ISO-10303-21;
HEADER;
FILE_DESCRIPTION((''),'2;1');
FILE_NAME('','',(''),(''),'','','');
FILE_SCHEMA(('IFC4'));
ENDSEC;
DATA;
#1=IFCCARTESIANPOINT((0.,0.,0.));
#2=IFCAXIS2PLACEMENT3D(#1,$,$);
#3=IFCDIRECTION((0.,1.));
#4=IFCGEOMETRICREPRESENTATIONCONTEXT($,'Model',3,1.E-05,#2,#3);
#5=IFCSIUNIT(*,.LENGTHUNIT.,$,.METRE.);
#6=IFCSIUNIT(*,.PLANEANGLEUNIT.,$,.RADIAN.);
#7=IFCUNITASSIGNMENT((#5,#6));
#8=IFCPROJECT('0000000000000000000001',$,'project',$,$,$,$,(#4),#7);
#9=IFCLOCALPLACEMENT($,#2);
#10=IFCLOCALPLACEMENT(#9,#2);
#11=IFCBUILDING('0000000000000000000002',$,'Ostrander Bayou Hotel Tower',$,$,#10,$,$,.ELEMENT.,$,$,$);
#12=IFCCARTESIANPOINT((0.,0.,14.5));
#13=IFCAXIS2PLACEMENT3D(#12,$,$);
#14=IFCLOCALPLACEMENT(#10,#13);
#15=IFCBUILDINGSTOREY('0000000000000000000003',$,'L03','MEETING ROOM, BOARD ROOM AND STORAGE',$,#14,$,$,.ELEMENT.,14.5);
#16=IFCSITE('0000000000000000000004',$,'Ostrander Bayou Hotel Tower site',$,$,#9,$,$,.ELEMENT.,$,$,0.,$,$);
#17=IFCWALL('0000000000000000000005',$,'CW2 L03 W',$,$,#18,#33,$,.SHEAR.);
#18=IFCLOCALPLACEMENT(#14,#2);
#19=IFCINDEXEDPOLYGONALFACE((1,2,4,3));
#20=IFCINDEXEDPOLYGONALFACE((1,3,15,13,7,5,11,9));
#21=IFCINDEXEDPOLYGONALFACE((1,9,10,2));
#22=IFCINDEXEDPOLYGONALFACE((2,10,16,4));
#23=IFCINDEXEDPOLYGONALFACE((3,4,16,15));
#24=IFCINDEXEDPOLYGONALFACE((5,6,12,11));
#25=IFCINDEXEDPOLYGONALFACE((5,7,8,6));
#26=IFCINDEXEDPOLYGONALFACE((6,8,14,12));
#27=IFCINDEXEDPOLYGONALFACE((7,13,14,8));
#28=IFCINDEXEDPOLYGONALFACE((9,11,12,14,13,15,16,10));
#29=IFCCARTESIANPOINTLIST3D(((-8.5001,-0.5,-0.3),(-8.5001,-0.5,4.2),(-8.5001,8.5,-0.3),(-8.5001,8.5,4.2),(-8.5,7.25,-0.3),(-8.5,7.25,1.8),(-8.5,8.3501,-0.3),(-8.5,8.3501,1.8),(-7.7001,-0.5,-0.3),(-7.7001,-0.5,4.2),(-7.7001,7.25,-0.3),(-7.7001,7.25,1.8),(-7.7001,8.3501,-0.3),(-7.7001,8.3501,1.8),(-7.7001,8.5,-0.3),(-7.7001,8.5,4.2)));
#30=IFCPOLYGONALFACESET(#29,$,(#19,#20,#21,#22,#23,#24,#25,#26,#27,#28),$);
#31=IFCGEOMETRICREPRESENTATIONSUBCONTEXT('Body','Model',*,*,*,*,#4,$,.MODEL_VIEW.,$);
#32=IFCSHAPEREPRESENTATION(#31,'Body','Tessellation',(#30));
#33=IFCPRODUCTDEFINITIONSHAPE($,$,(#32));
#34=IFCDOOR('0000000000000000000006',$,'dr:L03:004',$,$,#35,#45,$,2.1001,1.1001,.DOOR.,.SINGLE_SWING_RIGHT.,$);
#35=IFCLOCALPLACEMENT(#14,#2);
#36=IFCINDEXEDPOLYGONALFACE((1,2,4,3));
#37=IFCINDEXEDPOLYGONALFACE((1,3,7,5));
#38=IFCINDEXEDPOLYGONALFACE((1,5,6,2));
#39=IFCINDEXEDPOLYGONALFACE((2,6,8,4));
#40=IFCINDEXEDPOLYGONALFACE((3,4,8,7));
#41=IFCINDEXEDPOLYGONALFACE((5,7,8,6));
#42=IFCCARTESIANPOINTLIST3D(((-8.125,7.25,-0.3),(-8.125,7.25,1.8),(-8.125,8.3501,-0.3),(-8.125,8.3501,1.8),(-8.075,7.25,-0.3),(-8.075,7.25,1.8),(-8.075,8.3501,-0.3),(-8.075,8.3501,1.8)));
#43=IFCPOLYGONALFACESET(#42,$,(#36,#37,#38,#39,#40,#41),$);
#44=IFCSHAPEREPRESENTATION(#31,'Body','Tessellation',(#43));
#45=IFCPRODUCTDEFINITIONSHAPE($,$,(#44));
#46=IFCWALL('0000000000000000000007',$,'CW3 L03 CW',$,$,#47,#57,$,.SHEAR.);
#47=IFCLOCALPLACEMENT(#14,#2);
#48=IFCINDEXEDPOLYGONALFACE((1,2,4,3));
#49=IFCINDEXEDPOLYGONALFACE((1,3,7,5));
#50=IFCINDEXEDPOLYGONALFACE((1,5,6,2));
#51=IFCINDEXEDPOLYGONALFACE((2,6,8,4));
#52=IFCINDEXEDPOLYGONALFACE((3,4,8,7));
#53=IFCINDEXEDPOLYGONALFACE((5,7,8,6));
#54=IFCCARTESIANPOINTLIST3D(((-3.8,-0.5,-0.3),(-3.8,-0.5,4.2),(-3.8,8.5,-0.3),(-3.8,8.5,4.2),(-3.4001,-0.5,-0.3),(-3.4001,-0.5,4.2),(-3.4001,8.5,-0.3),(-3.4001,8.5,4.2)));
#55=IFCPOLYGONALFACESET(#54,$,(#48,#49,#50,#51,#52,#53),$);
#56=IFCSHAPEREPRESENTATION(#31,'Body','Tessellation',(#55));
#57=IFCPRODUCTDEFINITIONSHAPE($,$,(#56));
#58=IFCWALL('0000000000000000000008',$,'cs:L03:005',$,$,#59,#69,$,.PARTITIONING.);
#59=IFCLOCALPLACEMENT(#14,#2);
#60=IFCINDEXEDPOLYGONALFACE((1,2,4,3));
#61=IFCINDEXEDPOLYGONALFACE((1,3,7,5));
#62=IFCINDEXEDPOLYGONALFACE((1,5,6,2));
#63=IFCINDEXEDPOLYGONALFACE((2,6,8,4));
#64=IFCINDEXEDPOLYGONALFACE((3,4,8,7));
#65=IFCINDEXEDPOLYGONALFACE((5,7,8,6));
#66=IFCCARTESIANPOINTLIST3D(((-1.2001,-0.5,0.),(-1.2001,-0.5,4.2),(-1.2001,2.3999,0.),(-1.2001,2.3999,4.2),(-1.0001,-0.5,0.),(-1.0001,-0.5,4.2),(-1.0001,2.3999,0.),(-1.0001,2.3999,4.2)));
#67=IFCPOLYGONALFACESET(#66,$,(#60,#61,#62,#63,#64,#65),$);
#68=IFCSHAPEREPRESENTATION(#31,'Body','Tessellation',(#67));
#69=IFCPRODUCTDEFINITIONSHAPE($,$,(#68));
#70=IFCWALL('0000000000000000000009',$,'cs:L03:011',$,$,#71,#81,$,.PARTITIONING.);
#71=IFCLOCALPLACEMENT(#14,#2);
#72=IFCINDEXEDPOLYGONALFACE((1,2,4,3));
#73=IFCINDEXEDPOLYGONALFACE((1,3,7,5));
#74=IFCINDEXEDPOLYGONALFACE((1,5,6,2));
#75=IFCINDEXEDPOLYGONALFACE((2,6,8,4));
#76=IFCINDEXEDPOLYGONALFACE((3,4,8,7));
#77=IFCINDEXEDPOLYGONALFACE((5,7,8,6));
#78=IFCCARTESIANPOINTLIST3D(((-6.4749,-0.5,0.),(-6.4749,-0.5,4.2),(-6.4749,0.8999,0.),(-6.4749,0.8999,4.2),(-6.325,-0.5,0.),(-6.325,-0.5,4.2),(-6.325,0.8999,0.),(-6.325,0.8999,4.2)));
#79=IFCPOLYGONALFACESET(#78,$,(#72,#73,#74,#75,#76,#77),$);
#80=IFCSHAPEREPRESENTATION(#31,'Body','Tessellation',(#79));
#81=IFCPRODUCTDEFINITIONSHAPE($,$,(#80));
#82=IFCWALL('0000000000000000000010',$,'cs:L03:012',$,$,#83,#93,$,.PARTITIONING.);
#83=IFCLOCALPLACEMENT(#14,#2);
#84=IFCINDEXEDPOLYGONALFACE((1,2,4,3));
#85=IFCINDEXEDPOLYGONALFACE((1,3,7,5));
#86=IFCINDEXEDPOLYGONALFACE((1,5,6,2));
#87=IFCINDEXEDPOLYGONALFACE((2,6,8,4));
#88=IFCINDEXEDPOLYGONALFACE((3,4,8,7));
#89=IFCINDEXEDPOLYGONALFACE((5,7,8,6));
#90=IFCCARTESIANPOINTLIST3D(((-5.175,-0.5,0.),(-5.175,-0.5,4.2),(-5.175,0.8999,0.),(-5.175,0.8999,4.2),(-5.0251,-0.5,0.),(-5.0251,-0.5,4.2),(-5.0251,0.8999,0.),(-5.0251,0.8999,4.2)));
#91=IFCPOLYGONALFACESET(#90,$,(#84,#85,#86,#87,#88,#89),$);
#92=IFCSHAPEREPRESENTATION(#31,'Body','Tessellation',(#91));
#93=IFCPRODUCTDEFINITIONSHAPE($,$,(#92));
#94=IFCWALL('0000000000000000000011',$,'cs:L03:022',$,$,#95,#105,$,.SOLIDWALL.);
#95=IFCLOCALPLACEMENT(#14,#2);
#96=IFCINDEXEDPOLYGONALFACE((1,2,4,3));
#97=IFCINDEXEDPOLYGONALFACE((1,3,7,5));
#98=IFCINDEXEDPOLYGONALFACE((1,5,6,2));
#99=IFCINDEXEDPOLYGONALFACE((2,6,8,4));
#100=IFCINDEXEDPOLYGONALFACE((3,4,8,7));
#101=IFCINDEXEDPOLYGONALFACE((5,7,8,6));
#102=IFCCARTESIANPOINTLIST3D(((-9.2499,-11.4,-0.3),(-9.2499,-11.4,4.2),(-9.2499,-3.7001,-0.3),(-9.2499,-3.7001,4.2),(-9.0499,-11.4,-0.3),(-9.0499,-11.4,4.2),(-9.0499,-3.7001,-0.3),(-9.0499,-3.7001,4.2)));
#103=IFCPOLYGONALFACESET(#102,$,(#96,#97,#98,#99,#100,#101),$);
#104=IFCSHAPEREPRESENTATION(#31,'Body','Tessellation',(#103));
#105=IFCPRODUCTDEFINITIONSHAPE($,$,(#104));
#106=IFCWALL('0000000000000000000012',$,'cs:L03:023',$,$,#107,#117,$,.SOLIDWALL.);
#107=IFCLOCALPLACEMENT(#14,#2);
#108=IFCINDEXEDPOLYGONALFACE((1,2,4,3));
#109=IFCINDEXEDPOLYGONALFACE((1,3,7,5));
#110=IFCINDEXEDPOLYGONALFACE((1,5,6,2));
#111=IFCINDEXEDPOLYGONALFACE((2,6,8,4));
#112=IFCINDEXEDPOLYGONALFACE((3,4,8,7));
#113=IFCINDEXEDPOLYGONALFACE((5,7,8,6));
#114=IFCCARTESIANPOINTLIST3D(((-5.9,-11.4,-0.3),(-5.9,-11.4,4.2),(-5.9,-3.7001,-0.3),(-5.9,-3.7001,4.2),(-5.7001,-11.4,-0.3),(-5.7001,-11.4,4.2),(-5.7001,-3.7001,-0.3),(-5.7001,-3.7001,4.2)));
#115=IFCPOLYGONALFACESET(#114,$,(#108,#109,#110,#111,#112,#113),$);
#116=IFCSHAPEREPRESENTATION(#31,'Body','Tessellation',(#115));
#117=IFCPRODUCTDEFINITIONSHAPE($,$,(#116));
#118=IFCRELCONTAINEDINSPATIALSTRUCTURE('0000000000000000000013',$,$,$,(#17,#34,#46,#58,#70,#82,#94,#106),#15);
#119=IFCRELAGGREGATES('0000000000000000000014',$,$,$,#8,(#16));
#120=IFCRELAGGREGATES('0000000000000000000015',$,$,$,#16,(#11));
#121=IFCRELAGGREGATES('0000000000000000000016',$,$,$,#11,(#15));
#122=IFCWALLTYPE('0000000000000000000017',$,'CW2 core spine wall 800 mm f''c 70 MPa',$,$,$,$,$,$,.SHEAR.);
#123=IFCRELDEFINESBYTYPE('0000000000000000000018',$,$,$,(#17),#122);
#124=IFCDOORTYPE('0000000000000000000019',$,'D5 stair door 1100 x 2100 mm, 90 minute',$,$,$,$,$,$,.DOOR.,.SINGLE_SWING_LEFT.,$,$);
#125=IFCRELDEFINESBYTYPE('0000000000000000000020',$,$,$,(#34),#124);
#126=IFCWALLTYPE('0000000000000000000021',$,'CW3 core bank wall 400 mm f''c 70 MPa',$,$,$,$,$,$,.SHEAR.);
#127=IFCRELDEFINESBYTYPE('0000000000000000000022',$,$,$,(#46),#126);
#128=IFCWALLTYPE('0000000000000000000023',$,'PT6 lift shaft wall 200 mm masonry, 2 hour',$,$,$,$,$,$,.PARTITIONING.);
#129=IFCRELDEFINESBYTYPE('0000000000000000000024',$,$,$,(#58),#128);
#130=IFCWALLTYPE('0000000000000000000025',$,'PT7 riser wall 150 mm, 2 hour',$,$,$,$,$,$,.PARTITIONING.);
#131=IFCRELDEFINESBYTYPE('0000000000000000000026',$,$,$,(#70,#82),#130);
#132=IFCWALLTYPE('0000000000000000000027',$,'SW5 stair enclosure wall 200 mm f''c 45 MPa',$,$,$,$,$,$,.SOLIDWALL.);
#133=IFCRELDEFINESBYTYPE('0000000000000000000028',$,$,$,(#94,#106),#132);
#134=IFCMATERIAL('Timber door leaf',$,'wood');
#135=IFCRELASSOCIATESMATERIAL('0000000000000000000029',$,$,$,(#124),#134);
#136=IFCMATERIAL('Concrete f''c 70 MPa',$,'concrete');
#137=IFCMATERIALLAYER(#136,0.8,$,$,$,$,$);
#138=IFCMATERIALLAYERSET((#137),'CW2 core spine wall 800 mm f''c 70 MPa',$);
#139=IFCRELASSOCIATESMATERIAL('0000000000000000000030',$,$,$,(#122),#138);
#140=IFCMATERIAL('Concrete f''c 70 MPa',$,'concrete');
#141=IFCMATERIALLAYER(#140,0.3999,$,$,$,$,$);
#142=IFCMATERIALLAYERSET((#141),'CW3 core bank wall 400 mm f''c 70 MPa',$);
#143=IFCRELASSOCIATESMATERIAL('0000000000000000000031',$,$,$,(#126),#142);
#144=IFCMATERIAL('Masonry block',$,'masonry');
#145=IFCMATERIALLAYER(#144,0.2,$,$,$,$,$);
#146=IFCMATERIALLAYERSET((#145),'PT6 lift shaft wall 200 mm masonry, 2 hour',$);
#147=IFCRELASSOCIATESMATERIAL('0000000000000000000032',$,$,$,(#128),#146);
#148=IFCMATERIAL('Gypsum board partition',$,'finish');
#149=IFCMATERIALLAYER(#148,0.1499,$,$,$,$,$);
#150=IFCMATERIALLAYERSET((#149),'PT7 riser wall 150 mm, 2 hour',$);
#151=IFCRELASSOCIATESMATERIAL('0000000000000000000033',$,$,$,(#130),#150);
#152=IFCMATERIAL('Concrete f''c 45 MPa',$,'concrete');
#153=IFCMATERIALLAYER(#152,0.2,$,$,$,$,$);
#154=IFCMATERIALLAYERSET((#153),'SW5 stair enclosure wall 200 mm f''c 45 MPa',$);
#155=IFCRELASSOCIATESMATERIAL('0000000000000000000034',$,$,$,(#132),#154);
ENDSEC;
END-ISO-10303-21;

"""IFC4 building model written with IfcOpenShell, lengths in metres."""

from ifc_helpers import new_model, si_unit, direction, frame, frame_2d, origin, place, context, subcontext, project, spatial, rectangle, extrude, material, layer, layer_set, type_object, element, fill, save


model = new_model("IFC4")

# Units and contexts
model_context = context("Model", 3, precision=1e-05, world=origin(), true_north=direction((0.0, 1.0)))
body_context = subcontext(model_context, "Body", "Model", "MODEL_VIEW")
ifc_project = project(units=[si_unit("LENGTHUNIT", "METRE"), si_unit("PLANEANGLEUNIT", "RADIAN")], contexts=[model_context])

# Site, building, storey
site_placement = place(None, origin())
site = spatial("IfcSite", under=ifc_project, at=site_placement, Name="Ostrander Bayou Hotel Tower site", CompositionType="ELEMENT", RefElevation=0.0)
building_placement = place(site_placement, origin())
building = spatial("IfcBuilding", under=site, at=building_placement, Name="Ostrander Bayou Hotel Tower", CompositionType="ELEMENT")
storey_placement = place(building_placement, frame((0.0, 0.0, 14.5)))
storey = spatial("IfcBuildingStorey", under=building, at=storey_placement, Name="L03", Description="MEETING ROOM, BOARD ROOM AND STORAGE", CompositionType="ELEMENT", Elevation=14.5)

# Shared definitions
ifc_material_1 = material(Name="Timber door leaf", Category="wood")
door_type_1 = type_object("IfcDoorType", Name="D5 stair door 1100 x 2100 mm, 90 minute", OperationType="SINGLE_SWING_LEFT", PredefinedType="DOOR", material=ifc_material_1)

# Wall, opening, door
ifc_material_2 = material(Name="Concrete f'c 70 MPa", Category="concrete")
ifc_layer_1 = layer(ifc_material_2, 0.8)
ifc_layer_set_1 = layer_set([ifc_layer_1], Name="CW2 core spine wall 800 mm f'c 70 MPa")
wall_type_1 = type_object("IfcWallType", Name="CW2 core spine wall 800 mm f'c 70 MPa", PredefinedType="SHEAR", material=ifc_layer_set_1)
wall_1_placement = place(storey_placement, frame((-8.1001, -0.5, -0.3), z_axis=(0.0, 0.0, 1.0), x_axis=(0.0, 1.0, 0.0)))
wall_1 = element("IfcWall", 1, at=wall_1_placement, inside=storey, type_object=wall_type_1, Name="CW2 L03 W", PredefinedType="SHEAR", context=body_context, shape_type="SweptSolid", body=[
    extrude(rectangle(XDim=9.0, YDim=0.8, at=frame_2d((4.5, 0.0))), origin(), (0.0, 0.0, 1.0), 4.5),
])
opening_1_placement = place(wall_1_placement, frame((7.75, 0.0, 0.0)))
opening_1 = element("IfcOpeningElement", 2, at=opening_1_placement, cuts=wall_1, PredefinedType="OPENING", context=body_context, shape_type="SweptSolid", body=[
    extrude(rectangle(XDim=1.1001, YDim=2.1001, at=frame_2d((0.55, 1.05))), frame((0.0, 0.3999, 0.0), z_axis=(0.0, -1.0, 0.0), x_axis=(1.0, 0.0, 0.0)), (0.0, 0.0, 1.0), 0.8),
])
door_1_placement = place(opening_1_placement, origin())
door_1 = element("IfcDoor", 3, at=door_1_placement, inside=storey, type_object=door_type_1, Name="dr:L03:004", OperationType="SINGLE_SWING_RIGHT", OverallHeight=2.1001, OverallWidth=1.1001, PredefinedType="DOOR", context=body_context, shape_type="SweptSolid", body=[
    extrude(rectangle(XDim=1.1001, YDim=2.1001, at=frame_2d((0.55, 1.05))), frame((0.0, 0.0249, 0.0), z_axis=(0.0, -1.0, 0.0), x_axis=(1.0, 0.0, 0.0)), (0.0, 0.0, 1.0), 0.05),
])
fill(opening_1, door_1)

# Wall
ifc_material_3 = material(Name="Concrete f'c 70 MPa", Category="concrete")
ifc_layer_2 = layer(ifc_material_3, 0.3999)
ifc_layer_set_2 = layer_set([ifc_layer_2], Name="CW3 core bank wall 400 mm f'c 70 MPa")
wall_type_2 = type_object("IfcWallType", Name="CW3 core bank wall 400 mm f'c 70 MPa", PredefinedType="SHEAR", material=ifc_layer_set_2)
wall_2_placement = place(storey_placement, frame((-3.6001, -0.5, -0.3), z_axis=(0.0, 0.0, 1.0), x_axis=(0.0, 1.0, 0.0)))
element("IfcWall", 4, at=wall_2_placement, inside=storey, type_object=wall_type_2, Name="CW3 L03 CW", PredefinedType="SHEAR", context=body_context, shape_type="SweptSolid", body=[
    extrude(rectangle(XDim=9.0, YDim=0.3999, at=frame_2d((4.5, 0.0))), origin(), (0.0, 0.0, 1.0), 4.5),
])

# Walls
ifc_material_4 = material(Name="Masonry block", Category="masonry")
ifc_layer_3 = layer(ifc_material_4, 0.2)
ifc_layer_set_3 = layer_set([ifc_layer_3], Name="PT6 lift shaft wall 200 mm masonry, 2 hour")
wall_type_3 = type_object("IfcWallType", Name="PT6 lift shaft wall 200 mm masonry, 2 hour", PredefinedType="PARTITIONING", material=ifc_layer_set_3)
wall_3_placement = place(storey_placement, frame((-1.1001, -0.5, 0.0), z_axis=(0.0, 0.0, 1.0), x_axis=(0.0, 1.0, 0.0)))
element("IfcWall", 5, at=wall_3_placement, inside=storey, type_object=wall_type_3, Name="cs:L03:005", PredefinedType="PARTITIONING", context=body_context, shape_type="SweptSolid", body=[
    extrude(rectangle(XDim=2.8999, YDim=0.2, at=frame_2d((1.45, 0.0))), origin(), (0.0, 0.0, 1.0), 4.2),
])
ifc_material_5 = material(Name="Gypsum board partition", Category="finish")
ifc_layer_4 = layer(ifc_material_5, 0.1499)
ifc_layer_set_4 = layer_set([ifc_layer_4], Name="PT7 riser wall 150 mm, 2 hour")
wall_type_4 = type_object("IfcWallType", Name="PT7 riser wall 150 mm, 2 hour", PredefinedType="PARTITIONING", material=ifc_layer_set_4)
for number, where, z_axis, x_axis, name in (
    (6, (-6.3999, -0.5, 0.0), (0.0, 0.0, 1.0), (0.0, 1.0, 0.0), "cs:L03:011"),
    (7, (-5.1001, -0.5, 0.0), (0.0, 0.0, 1.0), (0.0, 1.0, 0.0), "cs:L03:012"),
):
    element("IfcWall", number, at=place(storey_placement, frame(where, z_axis=z_axis, x_axis=x_axis)), inside=storey, type_object=wall_type_4, Name=name, PredefinedType="PARTITIONING", context=body_context, shape_type="SweptSolid", body=[
        extrude(rectangle(XDim=1.3999, YDim=0.1499, at=frame_2d((0.7, 0.0))), origin(), (0.0, 0.0, 1.0), 4.2),
    ])

# Shared definitions
ifc_material_6 = material(Name="Concrete f'c 45 MPa", Category="concrete")
ifc_layer_5 = layer(ifc_material_6, 0.2)
ifc_layer_set_5 = layer_set([ifc_layer_5], Name="SW5 stair enclosure wall 200 mm f'c 45 MPa")
wall_type_5 = type_object("IfcWallType", Name="SW5 stair enclosure wall 200 mm f'c 45 MPa", PredefinedType="SOLIDWALL", material=ifc_layer_set_5)

# Walls
for number, where, z_axis, x_axis, name in (
    (8, (-9.1499, -3.7, -0.3), (0.0, 0.0, 1.0), (0.0, -1.0, 0.0), "cs:L03:022"),
    (9, (-5.8, -3.7, -0.3), (0.0, 0.0, 1.0), (0.0, -1.0, 0.0), "cs:L03:023"),
):
    element("IfcWall", number, at=place(storey_placement, frame(where, z_axis=z_axis, x_axis=x_axis)), inside=storey, type_object=wall_type_5, Name=name, PredefinedType="SOLIDWALL", context=body_context, shape_type="SweptSolid", body=[
        extrude(rectangle(XDim=7.7, YDim=0.2, at=frame_2d((3.8501, 0.0))), origin(), (0.0, 0.0, 1.0), 4.5),
    ])

save(model, "model.ifc")
